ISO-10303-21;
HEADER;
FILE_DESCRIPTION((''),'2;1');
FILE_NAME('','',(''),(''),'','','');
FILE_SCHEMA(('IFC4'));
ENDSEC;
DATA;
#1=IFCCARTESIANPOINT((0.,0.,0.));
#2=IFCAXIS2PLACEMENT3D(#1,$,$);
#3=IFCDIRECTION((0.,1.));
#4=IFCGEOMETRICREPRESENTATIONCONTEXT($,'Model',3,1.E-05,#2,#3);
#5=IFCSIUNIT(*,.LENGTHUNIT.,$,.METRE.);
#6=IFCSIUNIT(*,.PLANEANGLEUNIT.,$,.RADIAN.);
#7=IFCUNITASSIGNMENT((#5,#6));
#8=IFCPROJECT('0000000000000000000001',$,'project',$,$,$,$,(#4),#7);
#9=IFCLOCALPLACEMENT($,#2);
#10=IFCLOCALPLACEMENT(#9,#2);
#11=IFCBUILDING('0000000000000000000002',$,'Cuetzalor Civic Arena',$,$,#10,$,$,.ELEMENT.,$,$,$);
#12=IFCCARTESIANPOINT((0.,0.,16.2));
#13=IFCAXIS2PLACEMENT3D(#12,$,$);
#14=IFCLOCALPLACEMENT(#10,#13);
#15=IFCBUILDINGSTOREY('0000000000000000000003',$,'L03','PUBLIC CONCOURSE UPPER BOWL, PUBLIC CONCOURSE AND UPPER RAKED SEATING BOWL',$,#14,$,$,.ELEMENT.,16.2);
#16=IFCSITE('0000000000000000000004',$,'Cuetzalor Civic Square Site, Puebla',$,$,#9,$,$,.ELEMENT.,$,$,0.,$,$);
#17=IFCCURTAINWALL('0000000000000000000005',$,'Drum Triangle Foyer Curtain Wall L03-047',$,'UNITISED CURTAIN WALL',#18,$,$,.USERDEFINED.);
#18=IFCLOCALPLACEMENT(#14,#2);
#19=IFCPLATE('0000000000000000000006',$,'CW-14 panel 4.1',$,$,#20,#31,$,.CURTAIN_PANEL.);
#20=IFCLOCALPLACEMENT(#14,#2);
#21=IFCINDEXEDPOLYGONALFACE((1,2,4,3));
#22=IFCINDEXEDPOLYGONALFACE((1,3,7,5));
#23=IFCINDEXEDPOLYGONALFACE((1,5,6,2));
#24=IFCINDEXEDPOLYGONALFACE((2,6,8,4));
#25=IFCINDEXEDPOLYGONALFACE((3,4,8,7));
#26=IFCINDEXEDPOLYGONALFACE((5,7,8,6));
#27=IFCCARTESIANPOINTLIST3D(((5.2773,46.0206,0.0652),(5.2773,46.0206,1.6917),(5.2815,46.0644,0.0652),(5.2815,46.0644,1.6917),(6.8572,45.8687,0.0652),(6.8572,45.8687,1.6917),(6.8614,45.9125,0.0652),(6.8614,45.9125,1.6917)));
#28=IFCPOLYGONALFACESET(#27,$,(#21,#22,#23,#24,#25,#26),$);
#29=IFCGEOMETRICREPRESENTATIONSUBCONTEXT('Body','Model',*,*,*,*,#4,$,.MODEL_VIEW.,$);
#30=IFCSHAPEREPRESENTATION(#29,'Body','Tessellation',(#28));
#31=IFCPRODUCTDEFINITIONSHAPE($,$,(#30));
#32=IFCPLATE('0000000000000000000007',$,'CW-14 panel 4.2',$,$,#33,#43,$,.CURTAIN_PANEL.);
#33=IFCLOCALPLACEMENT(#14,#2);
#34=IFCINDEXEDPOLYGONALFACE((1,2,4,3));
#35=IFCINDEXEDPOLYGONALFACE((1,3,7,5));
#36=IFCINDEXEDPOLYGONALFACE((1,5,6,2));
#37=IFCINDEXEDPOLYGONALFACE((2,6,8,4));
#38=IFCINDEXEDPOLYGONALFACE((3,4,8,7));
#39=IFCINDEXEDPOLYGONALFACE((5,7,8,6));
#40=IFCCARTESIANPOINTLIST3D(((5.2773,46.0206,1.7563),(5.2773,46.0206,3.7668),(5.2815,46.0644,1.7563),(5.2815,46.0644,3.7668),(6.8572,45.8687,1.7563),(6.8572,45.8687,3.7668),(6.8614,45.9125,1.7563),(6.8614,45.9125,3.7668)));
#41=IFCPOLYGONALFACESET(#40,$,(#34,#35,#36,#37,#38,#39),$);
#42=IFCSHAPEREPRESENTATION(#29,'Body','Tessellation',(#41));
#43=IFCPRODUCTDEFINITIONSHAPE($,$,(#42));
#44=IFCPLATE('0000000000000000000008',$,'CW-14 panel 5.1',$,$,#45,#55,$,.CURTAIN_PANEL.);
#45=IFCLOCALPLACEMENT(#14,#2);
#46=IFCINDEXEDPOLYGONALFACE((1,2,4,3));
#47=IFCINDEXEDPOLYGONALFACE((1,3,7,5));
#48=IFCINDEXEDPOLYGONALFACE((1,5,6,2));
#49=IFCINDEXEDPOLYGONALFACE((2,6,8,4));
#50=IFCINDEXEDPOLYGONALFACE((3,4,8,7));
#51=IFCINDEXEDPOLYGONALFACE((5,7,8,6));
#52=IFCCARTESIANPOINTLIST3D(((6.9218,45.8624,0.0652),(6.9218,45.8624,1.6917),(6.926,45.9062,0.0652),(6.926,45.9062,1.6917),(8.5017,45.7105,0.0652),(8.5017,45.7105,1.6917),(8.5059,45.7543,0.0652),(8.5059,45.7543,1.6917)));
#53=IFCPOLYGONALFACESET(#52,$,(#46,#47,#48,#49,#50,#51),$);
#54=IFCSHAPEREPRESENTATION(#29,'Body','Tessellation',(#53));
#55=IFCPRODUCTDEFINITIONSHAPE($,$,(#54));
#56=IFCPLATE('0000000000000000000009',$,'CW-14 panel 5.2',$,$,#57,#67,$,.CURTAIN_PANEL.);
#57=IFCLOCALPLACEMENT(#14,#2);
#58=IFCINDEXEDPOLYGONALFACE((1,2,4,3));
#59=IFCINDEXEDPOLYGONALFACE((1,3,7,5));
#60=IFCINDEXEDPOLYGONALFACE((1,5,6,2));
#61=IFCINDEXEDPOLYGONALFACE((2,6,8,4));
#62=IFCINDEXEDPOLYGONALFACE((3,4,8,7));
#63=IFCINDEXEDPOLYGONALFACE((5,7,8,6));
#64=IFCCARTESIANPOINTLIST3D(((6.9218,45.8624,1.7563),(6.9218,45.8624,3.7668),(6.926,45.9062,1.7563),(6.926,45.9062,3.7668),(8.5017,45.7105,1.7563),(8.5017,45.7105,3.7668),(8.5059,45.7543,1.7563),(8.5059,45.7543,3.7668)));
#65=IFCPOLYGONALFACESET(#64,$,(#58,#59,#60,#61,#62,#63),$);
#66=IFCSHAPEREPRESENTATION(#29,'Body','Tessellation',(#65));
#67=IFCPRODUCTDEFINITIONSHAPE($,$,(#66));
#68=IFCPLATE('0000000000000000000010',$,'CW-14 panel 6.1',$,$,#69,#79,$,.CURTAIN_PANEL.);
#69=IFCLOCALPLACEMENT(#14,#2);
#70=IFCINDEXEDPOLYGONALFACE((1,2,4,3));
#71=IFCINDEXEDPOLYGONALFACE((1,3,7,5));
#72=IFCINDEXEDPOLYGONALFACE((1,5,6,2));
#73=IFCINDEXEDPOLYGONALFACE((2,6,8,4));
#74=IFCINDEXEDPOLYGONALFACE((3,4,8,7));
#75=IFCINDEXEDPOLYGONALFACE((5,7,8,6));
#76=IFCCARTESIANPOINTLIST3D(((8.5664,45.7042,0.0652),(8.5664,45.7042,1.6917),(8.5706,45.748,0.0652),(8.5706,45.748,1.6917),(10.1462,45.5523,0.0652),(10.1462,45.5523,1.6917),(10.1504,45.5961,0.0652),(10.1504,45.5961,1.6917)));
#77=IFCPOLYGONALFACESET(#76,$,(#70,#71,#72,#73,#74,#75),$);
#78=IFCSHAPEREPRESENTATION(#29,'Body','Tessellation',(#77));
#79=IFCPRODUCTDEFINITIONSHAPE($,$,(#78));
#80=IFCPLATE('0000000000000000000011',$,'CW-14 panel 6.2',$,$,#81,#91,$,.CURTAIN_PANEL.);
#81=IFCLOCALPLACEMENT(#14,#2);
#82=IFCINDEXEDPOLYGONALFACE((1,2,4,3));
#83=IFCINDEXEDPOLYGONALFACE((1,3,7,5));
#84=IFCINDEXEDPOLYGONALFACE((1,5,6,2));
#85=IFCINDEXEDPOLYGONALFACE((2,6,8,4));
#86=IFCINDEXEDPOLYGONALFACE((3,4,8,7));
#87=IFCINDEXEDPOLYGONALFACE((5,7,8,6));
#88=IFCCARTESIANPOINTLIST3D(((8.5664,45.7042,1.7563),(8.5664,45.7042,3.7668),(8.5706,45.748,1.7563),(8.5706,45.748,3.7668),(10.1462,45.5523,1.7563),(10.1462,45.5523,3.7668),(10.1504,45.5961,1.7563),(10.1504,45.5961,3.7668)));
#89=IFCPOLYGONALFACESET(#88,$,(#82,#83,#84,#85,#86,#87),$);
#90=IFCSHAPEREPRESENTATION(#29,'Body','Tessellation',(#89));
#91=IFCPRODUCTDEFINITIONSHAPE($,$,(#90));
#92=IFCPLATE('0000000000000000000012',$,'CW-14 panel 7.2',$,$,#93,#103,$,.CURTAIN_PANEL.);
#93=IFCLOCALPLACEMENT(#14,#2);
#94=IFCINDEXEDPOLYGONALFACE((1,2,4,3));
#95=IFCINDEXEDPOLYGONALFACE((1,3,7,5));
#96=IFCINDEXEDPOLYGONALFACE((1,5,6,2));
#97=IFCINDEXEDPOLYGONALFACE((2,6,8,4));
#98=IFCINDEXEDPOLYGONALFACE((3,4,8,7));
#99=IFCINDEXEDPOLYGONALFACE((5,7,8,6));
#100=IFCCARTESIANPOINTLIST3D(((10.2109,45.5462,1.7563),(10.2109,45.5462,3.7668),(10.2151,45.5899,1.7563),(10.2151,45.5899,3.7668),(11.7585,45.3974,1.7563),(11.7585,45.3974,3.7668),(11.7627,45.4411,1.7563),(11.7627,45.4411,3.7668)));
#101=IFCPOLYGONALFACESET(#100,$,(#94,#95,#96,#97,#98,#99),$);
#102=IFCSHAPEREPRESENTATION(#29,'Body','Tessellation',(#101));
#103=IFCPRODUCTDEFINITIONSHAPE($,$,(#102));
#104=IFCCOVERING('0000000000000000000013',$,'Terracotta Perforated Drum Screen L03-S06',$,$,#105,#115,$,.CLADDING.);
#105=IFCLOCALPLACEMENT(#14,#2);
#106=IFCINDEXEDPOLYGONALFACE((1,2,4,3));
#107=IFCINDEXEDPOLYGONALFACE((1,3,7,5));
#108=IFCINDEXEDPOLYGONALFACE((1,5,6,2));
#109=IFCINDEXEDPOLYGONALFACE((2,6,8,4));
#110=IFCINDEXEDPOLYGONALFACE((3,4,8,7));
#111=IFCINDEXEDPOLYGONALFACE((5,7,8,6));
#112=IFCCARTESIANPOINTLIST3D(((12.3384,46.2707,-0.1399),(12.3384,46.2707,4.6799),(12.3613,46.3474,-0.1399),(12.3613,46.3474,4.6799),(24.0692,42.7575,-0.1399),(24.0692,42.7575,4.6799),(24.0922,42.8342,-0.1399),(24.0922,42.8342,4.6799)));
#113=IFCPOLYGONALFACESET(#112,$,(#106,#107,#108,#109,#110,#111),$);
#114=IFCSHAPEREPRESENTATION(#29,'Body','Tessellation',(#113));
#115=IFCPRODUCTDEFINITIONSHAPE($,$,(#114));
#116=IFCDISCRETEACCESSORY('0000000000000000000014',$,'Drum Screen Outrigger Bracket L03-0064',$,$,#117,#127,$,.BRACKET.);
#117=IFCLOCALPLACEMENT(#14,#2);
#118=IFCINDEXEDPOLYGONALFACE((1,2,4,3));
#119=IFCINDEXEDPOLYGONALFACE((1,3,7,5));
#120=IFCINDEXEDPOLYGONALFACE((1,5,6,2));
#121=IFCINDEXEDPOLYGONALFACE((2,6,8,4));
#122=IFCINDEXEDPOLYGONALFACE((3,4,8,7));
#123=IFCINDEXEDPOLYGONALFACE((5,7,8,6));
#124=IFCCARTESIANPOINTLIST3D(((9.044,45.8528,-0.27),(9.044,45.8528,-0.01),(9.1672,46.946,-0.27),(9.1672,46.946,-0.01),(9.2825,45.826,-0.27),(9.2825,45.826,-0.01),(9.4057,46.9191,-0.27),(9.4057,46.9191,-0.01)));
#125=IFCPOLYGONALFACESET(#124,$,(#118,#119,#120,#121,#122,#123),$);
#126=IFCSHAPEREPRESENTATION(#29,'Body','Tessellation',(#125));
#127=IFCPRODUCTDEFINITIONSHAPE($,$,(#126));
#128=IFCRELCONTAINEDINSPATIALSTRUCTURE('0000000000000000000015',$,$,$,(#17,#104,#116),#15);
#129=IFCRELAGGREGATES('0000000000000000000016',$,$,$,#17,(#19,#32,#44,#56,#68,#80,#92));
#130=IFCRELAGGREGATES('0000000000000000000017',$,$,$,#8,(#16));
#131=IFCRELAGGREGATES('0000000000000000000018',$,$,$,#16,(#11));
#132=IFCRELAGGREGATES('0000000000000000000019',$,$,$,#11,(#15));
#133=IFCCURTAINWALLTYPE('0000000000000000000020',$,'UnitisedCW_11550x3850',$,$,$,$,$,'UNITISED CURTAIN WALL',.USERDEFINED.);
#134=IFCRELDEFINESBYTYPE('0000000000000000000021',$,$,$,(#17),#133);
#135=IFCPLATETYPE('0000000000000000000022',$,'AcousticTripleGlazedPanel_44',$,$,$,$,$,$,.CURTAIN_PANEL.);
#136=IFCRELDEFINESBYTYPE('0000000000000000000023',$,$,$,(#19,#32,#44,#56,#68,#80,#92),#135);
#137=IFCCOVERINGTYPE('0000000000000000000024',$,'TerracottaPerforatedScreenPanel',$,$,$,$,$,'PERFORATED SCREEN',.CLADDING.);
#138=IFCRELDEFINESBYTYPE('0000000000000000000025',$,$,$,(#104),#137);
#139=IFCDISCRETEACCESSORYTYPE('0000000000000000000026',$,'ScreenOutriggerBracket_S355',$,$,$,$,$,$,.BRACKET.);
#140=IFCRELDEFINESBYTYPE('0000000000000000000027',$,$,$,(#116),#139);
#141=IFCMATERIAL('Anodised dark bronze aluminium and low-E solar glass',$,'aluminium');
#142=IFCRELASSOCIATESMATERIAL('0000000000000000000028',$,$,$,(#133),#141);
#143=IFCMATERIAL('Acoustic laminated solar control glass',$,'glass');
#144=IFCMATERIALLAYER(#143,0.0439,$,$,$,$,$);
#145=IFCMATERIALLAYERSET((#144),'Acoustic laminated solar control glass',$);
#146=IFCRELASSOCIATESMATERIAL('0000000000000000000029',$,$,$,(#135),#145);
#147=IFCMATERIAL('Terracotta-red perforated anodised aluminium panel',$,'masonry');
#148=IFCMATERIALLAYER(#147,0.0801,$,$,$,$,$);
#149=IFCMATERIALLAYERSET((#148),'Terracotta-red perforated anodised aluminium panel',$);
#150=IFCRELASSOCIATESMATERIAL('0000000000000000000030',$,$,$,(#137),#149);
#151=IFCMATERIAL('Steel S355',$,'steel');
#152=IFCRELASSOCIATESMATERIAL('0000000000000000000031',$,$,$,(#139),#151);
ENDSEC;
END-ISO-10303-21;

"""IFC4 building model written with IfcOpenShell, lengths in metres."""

from ifc_helpers import new_model, si_unit, direction, frame, frame_2d, origin, origin_2d, place, context, subcontext, project, spatial, rectangle, extrude, material, layer, layer_set, type_object, element, aggregate, save


model = new_model("IFC4")

# Units and contexts
model_context = context("Model", 3, precision=1e-05, world=origin(), true_north=direction((0.0, 1.0)))
body_context = subcontext(model_context, "Body", "Model", "MODEL_VIEW")
ifc_project = project(units=[si_unit("LENGTHUNIT", "METRE"), si_unit("PLANEANGLEUNIT", "RADIAN")], contexts=[model_context])

# Site, building, storey
site_placement = place(None, origin())
site = spatial("IfcSite", under=ifc_project, at=site_placement, Name="Cuetzalor Civic Square Site, Puebla", CompositionType="ELEMENT", RefElevation=0.0)
building_placement = place(site_placement, origin())
building = spatial("IfcBuilding", under=site, at=building_placement, Name="Cuetzalor Civic Arena", CompositionType="ELEMENT")
storey_placement = place(building_placement, frame((0.0, 0.0, 16.2)))
storey = spatial("IfcBuildingStorey", under=building, at=storey_placement, Name="L03", Description="PUBLIC CONCOURSE UPPER BOWL, PUBLIC CONCOURSE AND UPPER RAKED SEATING BOWL", CompositionType="ELEMENT", Elevation=16.2)

# Curtain wall, plates
ifc_material_1 = material(Name="Anodised dark bronze aluminium and low-E solar glass", Category="aluminium")
curtain_wall_type = type_object("IfcCurtainWallType", Name="UnitisedCW_11550x3850", ElementType="UNITISED CURTAIN WALL", PredefinedType="USERDEFINED", material=ifc_material_1)
curtain_wall_placement = place(storey_placement, origin())
curtain_wall = element("IfcCurtainWall", 1, at=curtain_wall_placement, inside=storey, type_object=curtain_wall_type, Name="Drum Triangle Foyer Curtain Wall L03-047", ObjectType="UNITISED CURTAIN WALL", PredefinedType="USERDEFINED")
ifc_material_2 = material(Name="Acoustic laminated solar control glass", Category="glass")
ifc_layer_1 = layer(ifc_material_2, 0.0439)
ifc_layer_set_1 = layer_set([ifc_layer_1], Name="Acoustic laminated solar control glass")
plate_type = type_object("IfcPlateType", Name="AcousticTripleGlazedPanel_44", PredefinedType="CURTAIN_PANEL", material=ifc_layer_set_1)
plate_1_placement = place(storey_placement, frame((6.0693, 45.9666, 0.0652), z_axis=(0.0, 0.0, 1.0), x_axis=(0.995409, -0.095711, 0.0)))
plate_1 = element("IfcPlate", 2, at=plate_1_placement, type_object=plate_type, Name="CW-14 panel 4.1", PredefinedType="CURTAIN_PANEL", context=body_context, shape_type="SweptSolid", body=[
    extrude(rectangle(XDim=1.5872, YDim=0.0439, at=origin_2d()), origin(), (0.0, 0.0, 1.0), 1.6265),
])
plate_2_placement = place(storey_placement, frame((6.0693, 45.9666, 1.7563), z_axis=(0.0, 0.0, 1.0), x_axis=(0.995409, -0.095711, 0.0)))
plate_2 = element("IfcPlate", 3, at=plate_2_placement, type_object=plate_type, Name="CW-14 panel 4.2", PredefinedType="CURTAIN_PANEL", context=body_context, shape_type="SweptSolid", body=[
    extrude(rectangle(XDim=1.5872, YDim=0.0439, at=origin_2d()), origin(), (0.0, 0.0, 1.0), 2.0105),
])
plate_3_placement = place(storey_placement, frame((7.7139, 45.8083, 0.0652), z_axis=(0.0, 0.0, 1.0), x_axis=(0.995409, -0.095711, 0.0)))
plate_3 = element("IfcPlate", 4, at=plate_3_placement, type_object=plate_type, Name="CW-14 panel 5.1", PredefinedType="CURTAIN_PANEL", context=body_context, shape_type="SweptSolid", body=[
    extrude(rectangle(XDim=1.5872, YDim=0.0439, at=origin_2d()), origin(), (0.0, 0.0, 1.0), 1.6265),
])
plate_4_placement = place(storey_placement, frame((7.7139, 45.8083, 1.7563), z_axis=(0.0, 0.0, 1.0), x_axis=(0.995409, -0.095711, 0.0)))
plate_4 = element("IfcPlate", 5, at=plate_4_placement, type_object=plate_type, Name="CW-14 panel 5.2", PredefinedType="CURTAIN_PANEL", context=body_context, shape_type="SweptSolid", body=[
    extrude(rectangle(XDim=1.5872, YDim=0.0439, at=origin_2d()), origin(), (0.0, 0.0, 1.0), 2.0105),
])
plate_5_placement = place(storey_placement, frame((9.3584, 45.6501, 0.0652), z_axis=(0.0, 0.0, 1.0), x_axis=(0.995409, -0.095711, 0.0)))
plate_5 = element("IfcPlate", 6, at=plate_5_placement, type_object=plate_type, Name="CW-14 panel 6.1", PredefinedType="CURTAIN_PANEL", context=body_context, shape_type="SweptSolid", body=[
    extrude(rectangle(XDim=1.5872, YDim=0.0439, at=origin_2d()), origin(), (0.0, 0.0, 1.0), 1.6265),
])
plate_6_placement = place(storey_placement, frame((9.3584, 45.6501, 1.7563), z_axis=(0.0, 0.0, 1.0), x_axis=(0.995409, -0.095711, 0.0)))
plate_6 = element("IfcPlate", 7, at=plate_6_placement, type_object=plate_type, Name="CW-14 panel 6.2", PredefinedType="CURTAIN_PANEL", context=body_context, shape_type="SweptSolid", body=[
    extrude(rectangle(XDim=1.5872, YDim=0.0439, at=origin_2d()), origin(), (0.0, 0.0, 1.0), 2.0105),
])
plate_7_placement = place(storey_placement, frame((10.9868, 45.4937, 1.7563), z_axis=(0.0, 0.0, 1.0), x_axis=(0.995409, -0.095711, 0.0)))
plate_7 = element("IfcPlate", 8, at=plate_7_placement, type_object=plate_type, Name="CW-14 panel 7.2", PredefinedType="CURTAIN_PANEL", context=body_context, shape_type="SweptSolid", body=[
    extrude(rectangle(XDim=1.5547, YDim=0.0439, at=origin_2d()), origin(), (0.0, 0.0, 1.0), 2.0105),
])
aggregate(curtain_wall, [plate_1, plate_2, plate_3, plate_4, plate_5, plate_6, plate_7])

# Covering
ifc_material_3 = material(Name="Terracotta-red perforated anodised aluminium panel", Category="masonry")
ifc_layer_2 = layer(ifc_material_3, 0.0801)
ifc_layer_set_2 = layer_set([ifc_layer_2], Name="Terracotta-red perforated anodised aluminium panel")
covering_type = type_object("IfcCoveringType", Name="TerracottaPerforatedScreenPanel", ElementType="PERFORATED SCREEN", PredefinedType="CLADDING", material=ifc_layer_set_2)
covering_placement = place(storey_placement, frame((12.3499, 46.3091, -0.1399), z_axis=(0.0, 0.0, 1.0), x_axis=(0.957962, -0.286896, 0.0)))
element("IfcCovering", 9, at=covering_placement, inside=storey, type_object=covering_type, Name="Terracotta Perforated Drum Screen L03-S06", PredefinedType="CLADDING", context=body_context, shape_type="SweptSolid", body=[
    extrude(rectangle(XDim=12.2456, YDim=0.0801, at=frame_2d((6.1228, 0.0))), origin(), (0.0, 0.0, 1.0), 4.8198),
])

# Discrete accessory
ifc_material_4 = material(Name="Steel S355", Category="steel")
discrete_accessory_type = type_object("IfcDiscreteAccessoryType", Name="ScreenOutriggerBracket_S355", PredefinedType="BRACKET", material=ifc_material_4)
discrete_accessory_placement = place(storey_placement, frame((9.2249, 46.386, -0.27), z_axis=(0.0, 0.0, 1.0), x_axis=(0.111989, 0.993709, 0.0)))
element("IfcDiscreteAccessory", 10, at=discrete_accessory_placement, inside=storey, type_object=discrete_accessory_type, Name="Drum Screen Outrigger Bracket L03-0064", PredefinedType="BRACKET", context=body_context, shape_type="SweptSolid", body=[
    extrude(rectangle(XDim=1.1001, YDim=0.24, at=origin_2d()), origin(), (0.0, 0.0, 1.0), 0.26),
])

save(model, "model.ifc")
